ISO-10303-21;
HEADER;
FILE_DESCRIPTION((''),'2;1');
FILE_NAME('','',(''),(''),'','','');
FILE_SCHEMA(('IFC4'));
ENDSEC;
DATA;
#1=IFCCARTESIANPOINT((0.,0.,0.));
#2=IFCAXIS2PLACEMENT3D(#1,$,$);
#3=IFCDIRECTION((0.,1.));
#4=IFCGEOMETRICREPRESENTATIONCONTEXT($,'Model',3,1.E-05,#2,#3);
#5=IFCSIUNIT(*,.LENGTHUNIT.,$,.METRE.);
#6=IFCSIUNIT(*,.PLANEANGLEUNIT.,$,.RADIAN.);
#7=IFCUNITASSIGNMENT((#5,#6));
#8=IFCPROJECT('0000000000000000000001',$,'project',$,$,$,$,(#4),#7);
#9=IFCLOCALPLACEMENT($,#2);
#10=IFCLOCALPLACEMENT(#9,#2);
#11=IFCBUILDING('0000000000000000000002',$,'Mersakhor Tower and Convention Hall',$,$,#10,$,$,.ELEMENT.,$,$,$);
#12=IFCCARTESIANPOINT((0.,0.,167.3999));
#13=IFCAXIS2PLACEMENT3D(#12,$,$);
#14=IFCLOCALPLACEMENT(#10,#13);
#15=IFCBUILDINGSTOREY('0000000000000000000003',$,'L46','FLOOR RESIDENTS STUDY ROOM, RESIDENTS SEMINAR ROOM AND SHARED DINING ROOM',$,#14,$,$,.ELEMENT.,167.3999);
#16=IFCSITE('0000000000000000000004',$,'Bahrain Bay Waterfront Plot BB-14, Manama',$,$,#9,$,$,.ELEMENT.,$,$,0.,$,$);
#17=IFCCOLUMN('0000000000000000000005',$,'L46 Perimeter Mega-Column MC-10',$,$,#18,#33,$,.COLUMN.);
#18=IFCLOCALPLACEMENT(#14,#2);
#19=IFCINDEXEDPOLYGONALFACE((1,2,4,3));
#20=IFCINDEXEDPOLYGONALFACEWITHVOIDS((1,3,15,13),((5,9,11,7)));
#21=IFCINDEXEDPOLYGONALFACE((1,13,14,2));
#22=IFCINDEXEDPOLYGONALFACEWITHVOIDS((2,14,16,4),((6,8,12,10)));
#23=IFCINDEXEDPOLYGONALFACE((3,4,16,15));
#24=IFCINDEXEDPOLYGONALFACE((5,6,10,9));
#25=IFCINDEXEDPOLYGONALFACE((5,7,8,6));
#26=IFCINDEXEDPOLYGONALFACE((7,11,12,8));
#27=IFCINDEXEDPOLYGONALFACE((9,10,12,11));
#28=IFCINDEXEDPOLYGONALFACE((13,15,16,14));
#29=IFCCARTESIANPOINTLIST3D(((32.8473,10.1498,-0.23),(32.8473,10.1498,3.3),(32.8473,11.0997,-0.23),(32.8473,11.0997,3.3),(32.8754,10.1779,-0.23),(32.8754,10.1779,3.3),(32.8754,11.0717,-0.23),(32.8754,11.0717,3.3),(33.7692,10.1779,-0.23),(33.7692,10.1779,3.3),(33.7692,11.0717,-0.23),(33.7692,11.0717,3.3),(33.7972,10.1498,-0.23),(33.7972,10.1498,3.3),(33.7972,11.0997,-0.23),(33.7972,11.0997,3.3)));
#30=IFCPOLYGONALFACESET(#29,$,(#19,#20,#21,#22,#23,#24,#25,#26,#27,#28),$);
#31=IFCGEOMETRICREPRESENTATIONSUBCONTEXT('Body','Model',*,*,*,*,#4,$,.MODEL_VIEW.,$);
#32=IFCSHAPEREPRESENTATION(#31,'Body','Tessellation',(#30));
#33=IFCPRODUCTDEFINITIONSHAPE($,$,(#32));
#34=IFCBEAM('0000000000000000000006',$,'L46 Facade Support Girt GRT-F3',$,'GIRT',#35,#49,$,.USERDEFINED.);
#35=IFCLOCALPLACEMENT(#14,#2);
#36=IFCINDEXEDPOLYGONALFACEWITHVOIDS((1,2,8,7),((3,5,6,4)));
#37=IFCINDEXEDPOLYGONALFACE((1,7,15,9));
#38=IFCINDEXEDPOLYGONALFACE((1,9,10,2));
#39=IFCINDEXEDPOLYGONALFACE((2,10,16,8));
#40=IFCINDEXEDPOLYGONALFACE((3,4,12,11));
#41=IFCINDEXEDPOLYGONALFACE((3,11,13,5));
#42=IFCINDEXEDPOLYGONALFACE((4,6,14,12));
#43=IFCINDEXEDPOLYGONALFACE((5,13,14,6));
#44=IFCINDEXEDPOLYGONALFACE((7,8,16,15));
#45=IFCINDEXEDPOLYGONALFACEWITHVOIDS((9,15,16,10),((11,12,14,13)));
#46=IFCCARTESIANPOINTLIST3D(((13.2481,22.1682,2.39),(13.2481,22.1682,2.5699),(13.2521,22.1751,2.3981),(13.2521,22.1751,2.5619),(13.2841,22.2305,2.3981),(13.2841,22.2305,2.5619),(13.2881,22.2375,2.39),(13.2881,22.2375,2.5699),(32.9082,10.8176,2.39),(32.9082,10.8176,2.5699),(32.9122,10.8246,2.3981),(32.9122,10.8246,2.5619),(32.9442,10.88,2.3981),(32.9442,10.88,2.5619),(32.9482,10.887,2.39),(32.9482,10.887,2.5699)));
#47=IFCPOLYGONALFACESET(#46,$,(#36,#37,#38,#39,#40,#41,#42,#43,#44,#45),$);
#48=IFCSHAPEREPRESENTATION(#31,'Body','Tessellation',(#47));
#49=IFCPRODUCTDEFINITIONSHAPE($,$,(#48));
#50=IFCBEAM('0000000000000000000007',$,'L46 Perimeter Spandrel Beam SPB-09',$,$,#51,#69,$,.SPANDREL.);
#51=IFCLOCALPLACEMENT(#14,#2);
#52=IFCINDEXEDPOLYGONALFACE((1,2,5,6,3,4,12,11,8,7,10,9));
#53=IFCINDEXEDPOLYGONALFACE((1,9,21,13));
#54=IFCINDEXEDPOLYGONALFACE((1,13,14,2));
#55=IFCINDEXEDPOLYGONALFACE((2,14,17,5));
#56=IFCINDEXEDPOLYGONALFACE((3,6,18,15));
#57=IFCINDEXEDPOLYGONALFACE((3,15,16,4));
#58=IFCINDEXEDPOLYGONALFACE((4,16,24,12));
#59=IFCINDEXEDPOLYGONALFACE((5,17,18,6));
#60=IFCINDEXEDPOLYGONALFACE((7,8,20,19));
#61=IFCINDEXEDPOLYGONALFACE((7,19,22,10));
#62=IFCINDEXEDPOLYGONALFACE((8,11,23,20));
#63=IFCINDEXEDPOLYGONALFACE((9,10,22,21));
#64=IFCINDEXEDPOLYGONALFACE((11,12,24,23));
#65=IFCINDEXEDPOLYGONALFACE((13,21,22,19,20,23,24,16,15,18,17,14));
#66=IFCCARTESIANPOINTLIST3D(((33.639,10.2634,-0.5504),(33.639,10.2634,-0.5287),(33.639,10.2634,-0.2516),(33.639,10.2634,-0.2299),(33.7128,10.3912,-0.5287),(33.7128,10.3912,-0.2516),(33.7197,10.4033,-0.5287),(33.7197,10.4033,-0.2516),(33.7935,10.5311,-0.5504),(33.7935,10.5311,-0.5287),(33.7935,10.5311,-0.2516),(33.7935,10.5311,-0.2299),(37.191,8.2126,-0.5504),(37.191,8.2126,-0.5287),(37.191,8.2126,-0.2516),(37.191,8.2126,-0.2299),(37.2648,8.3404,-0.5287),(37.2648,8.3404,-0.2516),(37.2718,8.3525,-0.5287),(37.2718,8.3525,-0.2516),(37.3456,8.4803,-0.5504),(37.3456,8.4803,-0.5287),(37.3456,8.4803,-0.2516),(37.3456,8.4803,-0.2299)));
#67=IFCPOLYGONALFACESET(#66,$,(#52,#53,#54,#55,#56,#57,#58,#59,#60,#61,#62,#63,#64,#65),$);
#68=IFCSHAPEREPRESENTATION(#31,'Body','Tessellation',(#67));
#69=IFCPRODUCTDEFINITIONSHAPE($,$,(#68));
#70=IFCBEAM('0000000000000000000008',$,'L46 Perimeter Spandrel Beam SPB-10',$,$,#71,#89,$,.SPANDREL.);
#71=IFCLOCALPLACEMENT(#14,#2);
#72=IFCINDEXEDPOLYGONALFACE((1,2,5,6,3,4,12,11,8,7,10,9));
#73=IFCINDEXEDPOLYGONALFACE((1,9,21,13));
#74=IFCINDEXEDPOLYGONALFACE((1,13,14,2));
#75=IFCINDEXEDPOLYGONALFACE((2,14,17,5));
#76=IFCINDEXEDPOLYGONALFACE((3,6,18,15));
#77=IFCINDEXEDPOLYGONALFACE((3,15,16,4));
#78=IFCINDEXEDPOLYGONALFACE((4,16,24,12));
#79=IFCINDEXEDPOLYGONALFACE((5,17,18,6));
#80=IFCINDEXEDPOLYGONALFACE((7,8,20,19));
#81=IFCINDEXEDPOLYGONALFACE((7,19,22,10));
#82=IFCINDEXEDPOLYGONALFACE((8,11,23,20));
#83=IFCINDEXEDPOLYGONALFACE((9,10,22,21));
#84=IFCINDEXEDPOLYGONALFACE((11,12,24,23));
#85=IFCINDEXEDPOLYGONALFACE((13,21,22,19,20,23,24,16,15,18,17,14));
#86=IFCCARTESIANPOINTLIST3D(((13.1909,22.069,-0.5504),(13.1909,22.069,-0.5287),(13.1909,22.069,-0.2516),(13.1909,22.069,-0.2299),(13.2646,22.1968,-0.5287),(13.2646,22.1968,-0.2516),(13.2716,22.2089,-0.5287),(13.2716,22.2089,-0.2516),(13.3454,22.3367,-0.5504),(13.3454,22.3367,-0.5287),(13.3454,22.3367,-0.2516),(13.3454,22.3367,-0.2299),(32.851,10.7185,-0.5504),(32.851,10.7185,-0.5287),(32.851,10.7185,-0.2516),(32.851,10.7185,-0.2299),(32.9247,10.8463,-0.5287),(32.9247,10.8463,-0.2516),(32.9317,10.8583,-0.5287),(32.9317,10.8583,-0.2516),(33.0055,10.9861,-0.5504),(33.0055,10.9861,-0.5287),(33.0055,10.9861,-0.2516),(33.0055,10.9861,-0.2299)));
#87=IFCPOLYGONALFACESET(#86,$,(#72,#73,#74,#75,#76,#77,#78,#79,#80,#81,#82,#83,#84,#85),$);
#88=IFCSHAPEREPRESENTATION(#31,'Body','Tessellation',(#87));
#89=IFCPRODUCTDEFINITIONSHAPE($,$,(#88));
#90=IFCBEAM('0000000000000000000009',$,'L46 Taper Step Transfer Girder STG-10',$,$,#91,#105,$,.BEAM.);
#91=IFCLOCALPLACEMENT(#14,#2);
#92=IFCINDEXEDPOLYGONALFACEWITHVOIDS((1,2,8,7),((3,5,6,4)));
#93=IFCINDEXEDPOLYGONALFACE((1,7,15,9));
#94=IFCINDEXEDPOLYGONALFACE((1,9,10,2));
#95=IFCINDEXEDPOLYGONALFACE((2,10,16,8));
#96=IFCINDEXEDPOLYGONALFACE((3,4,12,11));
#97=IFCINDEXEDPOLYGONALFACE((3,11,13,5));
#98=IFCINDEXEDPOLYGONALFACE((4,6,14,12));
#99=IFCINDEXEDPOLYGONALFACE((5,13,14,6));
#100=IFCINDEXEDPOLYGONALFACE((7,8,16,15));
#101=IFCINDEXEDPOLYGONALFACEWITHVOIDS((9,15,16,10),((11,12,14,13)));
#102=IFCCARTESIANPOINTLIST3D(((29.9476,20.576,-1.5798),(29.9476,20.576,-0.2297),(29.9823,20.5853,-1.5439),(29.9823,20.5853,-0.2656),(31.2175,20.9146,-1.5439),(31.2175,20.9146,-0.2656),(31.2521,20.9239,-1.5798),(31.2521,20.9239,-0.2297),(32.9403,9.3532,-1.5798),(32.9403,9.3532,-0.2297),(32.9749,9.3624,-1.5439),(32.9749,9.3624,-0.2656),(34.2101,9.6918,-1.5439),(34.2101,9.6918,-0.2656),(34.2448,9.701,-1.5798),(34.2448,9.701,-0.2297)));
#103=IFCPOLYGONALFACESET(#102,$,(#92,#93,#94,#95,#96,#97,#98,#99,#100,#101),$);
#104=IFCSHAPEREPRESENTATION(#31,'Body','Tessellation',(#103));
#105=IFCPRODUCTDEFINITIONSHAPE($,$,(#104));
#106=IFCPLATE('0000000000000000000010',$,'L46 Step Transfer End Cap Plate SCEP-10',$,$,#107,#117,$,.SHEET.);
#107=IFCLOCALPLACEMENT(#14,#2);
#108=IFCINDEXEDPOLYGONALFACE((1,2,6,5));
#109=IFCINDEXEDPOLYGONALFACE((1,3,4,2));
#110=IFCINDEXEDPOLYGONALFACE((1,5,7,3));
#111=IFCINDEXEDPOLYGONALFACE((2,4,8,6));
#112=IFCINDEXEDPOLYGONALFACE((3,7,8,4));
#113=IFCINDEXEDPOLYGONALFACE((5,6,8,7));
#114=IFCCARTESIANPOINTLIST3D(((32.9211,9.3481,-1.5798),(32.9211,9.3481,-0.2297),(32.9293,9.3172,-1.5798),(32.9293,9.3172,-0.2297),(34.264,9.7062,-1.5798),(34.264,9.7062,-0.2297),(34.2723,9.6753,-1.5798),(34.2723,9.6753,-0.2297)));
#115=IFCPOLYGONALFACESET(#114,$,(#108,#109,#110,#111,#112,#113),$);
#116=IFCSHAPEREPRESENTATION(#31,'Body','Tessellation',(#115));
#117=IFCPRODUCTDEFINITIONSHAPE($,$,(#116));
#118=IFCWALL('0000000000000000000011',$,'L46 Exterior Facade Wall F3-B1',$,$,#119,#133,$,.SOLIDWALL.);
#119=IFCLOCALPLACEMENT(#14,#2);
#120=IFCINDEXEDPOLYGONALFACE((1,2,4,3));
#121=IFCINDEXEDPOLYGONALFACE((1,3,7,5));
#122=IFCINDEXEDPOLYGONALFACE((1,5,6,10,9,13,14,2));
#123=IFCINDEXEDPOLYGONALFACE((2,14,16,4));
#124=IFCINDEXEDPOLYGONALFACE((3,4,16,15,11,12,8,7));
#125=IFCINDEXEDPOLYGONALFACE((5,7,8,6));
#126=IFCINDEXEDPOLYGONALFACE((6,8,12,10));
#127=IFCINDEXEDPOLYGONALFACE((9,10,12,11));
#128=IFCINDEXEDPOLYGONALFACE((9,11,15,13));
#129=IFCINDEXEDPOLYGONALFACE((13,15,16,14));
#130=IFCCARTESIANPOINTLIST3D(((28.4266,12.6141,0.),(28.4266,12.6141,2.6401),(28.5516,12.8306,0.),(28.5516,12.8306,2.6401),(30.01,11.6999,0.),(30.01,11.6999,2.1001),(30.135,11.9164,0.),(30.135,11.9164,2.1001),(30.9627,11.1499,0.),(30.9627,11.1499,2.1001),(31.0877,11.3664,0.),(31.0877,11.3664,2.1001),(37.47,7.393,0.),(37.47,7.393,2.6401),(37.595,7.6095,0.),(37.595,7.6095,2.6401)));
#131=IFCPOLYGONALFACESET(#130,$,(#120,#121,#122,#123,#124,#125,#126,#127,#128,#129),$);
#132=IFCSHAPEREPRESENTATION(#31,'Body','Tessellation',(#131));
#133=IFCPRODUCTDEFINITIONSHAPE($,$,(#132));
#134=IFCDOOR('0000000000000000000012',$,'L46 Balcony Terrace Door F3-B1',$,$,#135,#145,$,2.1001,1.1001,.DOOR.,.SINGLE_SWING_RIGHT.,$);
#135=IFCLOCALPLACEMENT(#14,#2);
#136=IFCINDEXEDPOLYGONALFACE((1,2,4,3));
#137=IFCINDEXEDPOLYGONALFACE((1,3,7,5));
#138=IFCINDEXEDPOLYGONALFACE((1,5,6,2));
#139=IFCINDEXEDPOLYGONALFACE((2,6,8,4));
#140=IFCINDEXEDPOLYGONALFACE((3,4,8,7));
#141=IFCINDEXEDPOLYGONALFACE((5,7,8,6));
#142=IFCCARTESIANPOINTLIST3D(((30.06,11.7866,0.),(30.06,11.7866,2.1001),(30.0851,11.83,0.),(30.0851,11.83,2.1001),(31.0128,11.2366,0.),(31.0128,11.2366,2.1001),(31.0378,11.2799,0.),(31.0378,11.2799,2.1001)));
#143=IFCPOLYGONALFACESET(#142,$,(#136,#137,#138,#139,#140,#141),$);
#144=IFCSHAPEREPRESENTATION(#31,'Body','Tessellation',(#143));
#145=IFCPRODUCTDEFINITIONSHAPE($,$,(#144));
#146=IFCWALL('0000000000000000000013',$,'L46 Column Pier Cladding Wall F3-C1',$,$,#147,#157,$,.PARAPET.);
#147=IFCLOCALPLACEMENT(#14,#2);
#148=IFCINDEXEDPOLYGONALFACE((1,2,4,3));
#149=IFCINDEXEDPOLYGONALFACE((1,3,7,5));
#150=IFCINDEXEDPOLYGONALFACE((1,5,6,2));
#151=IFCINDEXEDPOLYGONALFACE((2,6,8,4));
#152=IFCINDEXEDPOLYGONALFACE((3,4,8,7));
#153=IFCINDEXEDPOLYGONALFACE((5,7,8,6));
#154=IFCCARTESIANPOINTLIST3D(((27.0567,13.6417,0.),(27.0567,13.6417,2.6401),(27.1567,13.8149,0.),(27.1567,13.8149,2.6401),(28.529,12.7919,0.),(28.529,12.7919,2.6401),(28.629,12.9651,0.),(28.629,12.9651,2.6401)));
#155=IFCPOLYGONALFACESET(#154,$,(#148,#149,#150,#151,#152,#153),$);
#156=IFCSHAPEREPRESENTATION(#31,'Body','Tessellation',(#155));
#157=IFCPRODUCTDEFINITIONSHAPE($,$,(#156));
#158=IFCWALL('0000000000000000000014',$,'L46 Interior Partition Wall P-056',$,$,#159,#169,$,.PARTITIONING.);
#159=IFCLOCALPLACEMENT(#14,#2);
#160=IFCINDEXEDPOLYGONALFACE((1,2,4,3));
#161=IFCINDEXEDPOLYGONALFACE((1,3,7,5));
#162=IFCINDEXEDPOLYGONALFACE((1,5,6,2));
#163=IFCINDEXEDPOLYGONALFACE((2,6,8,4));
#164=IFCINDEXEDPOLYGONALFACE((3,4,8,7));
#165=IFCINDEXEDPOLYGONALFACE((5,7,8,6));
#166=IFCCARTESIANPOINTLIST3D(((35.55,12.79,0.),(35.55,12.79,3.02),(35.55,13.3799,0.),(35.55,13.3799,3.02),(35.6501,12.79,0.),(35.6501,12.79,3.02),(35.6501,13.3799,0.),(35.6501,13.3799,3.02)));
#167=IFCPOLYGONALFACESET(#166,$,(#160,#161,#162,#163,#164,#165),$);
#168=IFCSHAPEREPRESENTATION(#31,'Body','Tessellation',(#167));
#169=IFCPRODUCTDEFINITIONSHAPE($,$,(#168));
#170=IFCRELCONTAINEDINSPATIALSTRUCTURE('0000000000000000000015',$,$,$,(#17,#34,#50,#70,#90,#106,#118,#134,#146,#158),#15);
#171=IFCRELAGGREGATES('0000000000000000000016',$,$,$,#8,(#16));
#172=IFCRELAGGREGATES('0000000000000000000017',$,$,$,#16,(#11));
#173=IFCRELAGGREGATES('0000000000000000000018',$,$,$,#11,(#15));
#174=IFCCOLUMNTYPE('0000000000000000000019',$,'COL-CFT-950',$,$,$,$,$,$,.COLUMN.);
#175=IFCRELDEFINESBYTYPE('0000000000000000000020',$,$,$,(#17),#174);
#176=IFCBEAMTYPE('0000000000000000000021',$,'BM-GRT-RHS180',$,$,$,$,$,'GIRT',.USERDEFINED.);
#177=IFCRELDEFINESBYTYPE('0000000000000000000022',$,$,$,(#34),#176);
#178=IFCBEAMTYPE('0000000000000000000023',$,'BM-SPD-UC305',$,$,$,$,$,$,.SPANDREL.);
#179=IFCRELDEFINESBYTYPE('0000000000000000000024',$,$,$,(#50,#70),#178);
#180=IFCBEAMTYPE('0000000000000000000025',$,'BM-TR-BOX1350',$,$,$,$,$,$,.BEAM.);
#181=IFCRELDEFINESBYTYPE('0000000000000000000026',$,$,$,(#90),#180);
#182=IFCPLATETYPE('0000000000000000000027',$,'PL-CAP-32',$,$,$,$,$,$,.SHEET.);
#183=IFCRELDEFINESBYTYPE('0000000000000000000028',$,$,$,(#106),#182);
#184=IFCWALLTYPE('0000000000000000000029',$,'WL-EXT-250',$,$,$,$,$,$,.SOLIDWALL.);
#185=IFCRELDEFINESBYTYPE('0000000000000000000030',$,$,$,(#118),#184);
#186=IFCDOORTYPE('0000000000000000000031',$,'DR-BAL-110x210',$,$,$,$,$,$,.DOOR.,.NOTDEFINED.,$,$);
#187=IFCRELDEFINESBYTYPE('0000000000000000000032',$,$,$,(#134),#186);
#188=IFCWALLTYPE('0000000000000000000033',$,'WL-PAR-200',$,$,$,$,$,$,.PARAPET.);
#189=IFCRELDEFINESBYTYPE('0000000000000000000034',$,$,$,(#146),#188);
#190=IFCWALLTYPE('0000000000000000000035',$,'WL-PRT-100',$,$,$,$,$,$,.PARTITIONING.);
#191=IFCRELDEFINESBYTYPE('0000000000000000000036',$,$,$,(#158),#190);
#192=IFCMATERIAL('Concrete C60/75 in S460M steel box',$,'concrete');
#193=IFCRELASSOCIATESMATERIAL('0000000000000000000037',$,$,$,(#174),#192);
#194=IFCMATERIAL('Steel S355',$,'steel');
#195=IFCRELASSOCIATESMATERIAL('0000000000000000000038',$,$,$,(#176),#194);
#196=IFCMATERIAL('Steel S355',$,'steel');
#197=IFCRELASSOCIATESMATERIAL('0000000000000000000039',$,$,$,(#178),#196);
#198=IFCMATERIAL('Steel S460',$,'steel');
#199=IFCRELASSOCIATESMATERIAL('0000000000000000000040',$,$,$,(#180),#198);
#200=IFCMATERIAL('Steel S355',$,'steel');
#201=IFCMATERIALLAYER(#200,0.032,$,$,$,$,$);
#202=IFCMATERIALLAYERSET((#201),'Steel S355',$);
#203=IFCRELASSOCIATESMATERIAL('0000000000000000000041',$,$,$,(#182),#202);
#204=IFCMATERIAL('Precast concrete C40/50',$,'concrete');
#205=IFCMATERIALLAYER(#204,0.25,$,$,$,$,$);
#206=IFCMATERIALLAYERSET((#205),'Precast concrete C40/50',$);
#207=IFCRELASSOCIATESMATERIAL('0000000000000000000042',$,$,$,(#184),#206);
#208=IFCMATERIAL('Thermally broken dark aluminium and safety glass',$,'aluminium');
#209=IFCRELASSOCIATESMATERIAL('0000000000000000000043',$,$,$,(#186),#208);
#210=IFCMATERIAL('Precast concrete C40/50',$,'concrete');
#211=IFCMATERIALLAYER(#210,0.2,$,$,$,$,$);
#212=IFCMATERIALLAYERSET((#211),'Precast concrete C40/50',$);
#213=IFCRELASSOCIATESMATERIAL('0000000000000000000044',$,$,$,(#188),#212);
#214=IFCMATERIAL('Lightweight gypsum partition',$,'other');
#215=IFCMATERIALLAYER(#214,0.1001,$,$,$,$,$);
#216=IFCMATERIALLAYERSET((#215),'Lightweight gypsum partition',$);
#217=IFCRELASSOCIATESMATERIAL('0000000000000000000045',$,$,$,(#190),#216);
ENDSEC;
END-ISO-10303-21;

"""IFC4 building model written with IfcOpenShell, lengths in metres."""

from ifc_helpers import new_model, si_unit, direction, frame, frame_2d, origin, origin_2d, place, context, subcontext, project, spatial, rectangle, hollow_rectangle, i_section, extrude, material, layer, layer_set, material_profile, profile_set, type_object, element, fill, save


model = new_model("IFC4")

# Units and contexts
model_context = context("Model", 3, precision=1e-05, world=origin(), true_north=direction((0.0, 1.0)))
body_context = subcontext(model_context, "Body", "Model", "MODEL_VIEW")
ifc_project = project(units=[si_unit("LENGTHUNIT", "METRE"), si_unit("PLANEANGLEUNIT", "RADIAN")], contexts=[model_context])

# Site, building, storey
site_placement = place(None, origin())
site = spatial("IfcSite", under=ifc_project, at=site_placement, Name="Bahrain Bay Waterfront Plot BB-14, Manama", CompositionType="ELEMENT", RefElevation=0.0)
building_placement = place(site_placement, origin())
building = spatial("IfcBuilding", under=site, at=building_placement, Name="Mersakhor Tower and Convention Hall", CompositionType="ELEMENT")
storey_placement = place(building_placement, frame((0.0, 0.0, 167.3999)))
storey = spatial("IfcBuildingStorey", under=building, at=storey_placement, Name="L46", Description="FLOOR RESIDENTS STUDY ROOM, RESIDENTS SEMINAR ROOM AND SHARED DINING ROOM", CompositionType="ELEMENT", Elevation=167.3999)

# Column
ifc_material_1 = material(Name="Concrete C60/75 in S460M steel box", Category="concrete")
ifc_material_profile_1 = material_profile(ifc_material_1, hollow_rectangle(XDim=0.95, YDim=0.95, WallThickness=0.0281, at=origin_2d()), Name="SHS 950x950x28")
ifc_profile_set_1 = profile_set([ifc_material_profile_1], Name="Concrete C60/75 in S460M steel box")
column_type = type_object("IfcColumnType", Name="COL-CFT-950", PredefinedType="COLUMN", material=ifc_profile_set_1)
column_placement = place(storey_placement, frame((33.3223, 10.6248, -0.23), z_axis=(0.0, 0.0, 1.0), x_axis=(1.0, 0.0, 0.0)))
element("IfcColumn", 1, at=column_placement, inside=storey, type_object=column_type, Name="L46 Perimeter Mega-Column MC-10", PredefinedType="COLUMN", context=body_context, shape_type="SweptSolid", body=[
    extrude(hollow_rectangle(XDim=0.95, YDim=0.95, WallThickness=0.0281, at=origin_2d()), origin(), (0.0, 0.0, 1.0), 3.53),
])

# Beams
ifc_material_2 = material(Name="Steel S355", Category="steel")
ifc_material_profile_2 = material_profile(ifc_material_2, hollow_rectangle(XDim=0.0801, YDim=0.1799, WallThickness=0.0081, at=origin_2d()), Name="RHS 180x80x8")
ifc_profile_set_2 = profile_set([ifc_material_profile_2], Name="Steel S355")
beam_type_1 = type_object("IfcBeamType", Name="BM-GRT-RHS180", ElementType="GIRT", PredefinedType="USERDEFINED", material=ifc_profile_set_2)
beam_1_placement = place(storey_placement, frame((32.9282, 10.8523, 2.48), z_axis=(-0.866029, 0.499993, 0.0), x_axis=(-0.499993, -0.866029, 0.0)))
element("IfcBeam", 2, at=beam_1_placement, inside=storey, type_object=beam_type_1, Name="L46 Facade Support Girt GRT-F3", ObjectType="GIRT", PredefinedType="USERDEFINED", context=body_context, shape_type="SweptSolid", body=[
    extrude(hollow_rectangle(XDim=0.0801, YDim=0.1799, WallThickness=0.0081, at=origin_2d()), origin(), (0.0, 0.0, 1.0), 22.7014),
])
ifc_material_3 = material(Name="Steel S355", Category="steel")
ifc_material_profile_3 = material_profile(ifc_material_3, i_section(OverallWidth=0.3091, OverallDepth=0.3206, WebThickness=0.0139, FlangeThickness=0.0217, at=origin_2d()), Name="UC 305x305x137")
ifc_profile_set_3 = profile_set([ifc_material_profile_3], Name="Steel S355")
beam_type_2 = type_object("IfcBeamType", Name="BM-SPD-UC305", PredefinedType="SPANDREL", material=ifc_profile_set_3)
beam_2_placement = place(storey_placement, frame((37.2683, 8.3464, -0.3901), z_axis=(-0.866022, 0.500006, 0.0), x_axis=(-0.500006, -0.866022, 0.0)))
element("IfcBeam", 3, at=beam_2_placement, inside=storey, type_object=beam_type_2, Name="L46 Perimeter Spandrel Beam SPB-09", PredefinedType="SPANDREL", context=body_context, shape_type="SweptSolid", body=[
    extrude(i_section(OverallWidth=0.3091, OverallDepth=0.3206, WebThickness=0.0139, FlangeThickness=0.0217, at=origin_2d()), origin(), (0.0, 0.0, 1.0), 4.1016),
])
beam_3_placement = place(storey_placement, frame((32.9282, 10.8523, -0.3901), z_axis=(-0.866029, 0.499993, 0.0), x_axis=(-0.499993, -0.866029, 0.0)))
element("IfcBeam", 4, at=beam_3_placement, inside=storey, type_object=beam_type_2, Name="L46 Perimeter Spandrel Beam SPB-10", PredefinedType="SPANDREL", context=body_context, shape_type="SweptSolid", body=[
    extrude(i_section(OverallWidth=0.3091, OverallDepth=0.3206, WebThickness=0.0139, FlangeThickness=0.0217, at=origin_2d()), origin(), (0.0, 0.0, 1.0), 22.7014),
])
ifc_material_4 = material(Name="Steel S460", Category="steel")
ifc_material_profile_4 = material_profile(ifc_material_4, hollow_rectangle(XDim=1.3501, YDim=1.3501, WallThickness=0.0359, at=origin_2d()), Name="SHS 1350x1350x36")
ifc_profile_set_4 = profile_set([ifc_material_profile_4], Name="Steel S460")
beam_type_3 = type_object("IfcBeamType", Name="BM-TR-BOX1350", PredefinedType="BEAM", material=ifc_profile_set_4)
beam_4_placement = place(storey_placement, frame((33.5925, 9.5271, -0.9048), z_axis=(-0.257655, 0.966237, 0.0), x_axis=(-0.966237, -0.257655, 0.0)))
element("IfcBeam", 5, at=beam_4_placement, inside=storey, type_object=beam_type_3, Name="L46 Taper Step Transfer Girder STG-10", PredefinedType="BEAM", context=body_context, shape_type="SweptSolid", body=[
    extrude(hollow_rectangle(XDim=1.3501, YDim=1.3501, WallThickness=0.0359, at=origin_2d()), origin(), (0.0, 0.0, 1.0), 11.615),
])

# Plate
ifc_material_5 = material(Name="Steel S355", Category="steel")
ifc_layer_1 = layer(ifc_material_5, 0.032)
ifc_layer_set_1 = layer_set([ifc_layer_1], Name="Steel S355")
plate_type = type_object("IfcPlateType", Name="PL-CAP-32", PredefinedType="SHEET", material=ifc_layer_set_1)
plate_placement = place(storey_placement, frame((33.5967, 9.5117, -1.5798), z_axis=(0.0, 0.0, 1.0), x_axis=(-0.257639, 0.966241, 0.0)))
element("IfcPlate", 6, at=plate_placement, inside=storey, type_object=plate_type, Name="L46 Step Transfer End Cap Plate SCEP-10", PredefinedType="SHEET", context=body_context, shape_type="SweptSolid", body=[
    extrude(rectangle(XDim=0.032, YDim=1.3899, at=origin_2d()), origin(), (0.0, 0.0, 1.0), 1.3501),
])

# Wall, opening, door
ifc_material_6 = material(Name="Precast concrete C40/50", Category="concrete")
ifc_layer_2 = layer(ifc_material_6, 0.25)
ifc_layer_set_2 = layer_set([ifc_layer_2], Name="Precast concrete C40/50")
wall_type_1 = type_object("IfcWallType", Name="WL-EXT-250", PredefinedType="SOLIDWALL", material=ifc_layer_set_2)
wall_1_placement = place(storey_placement, frame((37.5325, 7.5012, 0.0), z_axis=(0.0, 0.0, 1.0), x_axis=(-0.866028, 0.499996, 0.0)))
wall_1 = element("IfcWall", 7, at=wall_1_placement, inside=storey, type_object=wall_type_1, Name="L46 Exterior Facade Wall F3-B1", PredefinedType="SOLIDWALL", context=body_context, shape_type="SweptSolid", body=[
    extrude(rectangle(XDim=10.4424, YDim=0.25, at=frame_2d((5.2212, 0.0))), origin(), (0.0, 0.0, 1.0), 2.6401),
])
opening_1_placement = place(wall_1_placement, frame((7.5139, 0.0, 0.0)))
opening_1 = element("IfcOpeningElement", 8, at=opening_1_placement, cuts=wall_1, PredefinedType="OPENING", context=body_context, shape_type="SweptSolid", body=[
    extrude(rectangle(XDim=1.1001, YDim=2.1001, at=frame_2d((0.55, 1.05))), frame((0.0, 0.135, 0.0), z_axis=(0.0, -1.0, 0.0), x_axis=(1.0, 0.0, 0.0)), (0.0, 0.0, 1.0), 0.27),
])
ifc_material_7 = material(Name="Thermally broken dark aluminium and safety glass", Category="aluminium")
door_type_1 = type_object("IfcDoorType", Name="DR-BAL-110x210", OperationType="NOTDEFINED", PredefinedType="DOOR", material=ifc_material_7)
door_1_placement = place(opening_1_placement, origin())
door_1 = element("IfcDoor", 9, at=door_1_placement, inside=storey, type_object=door_type_1, Name="L46 Balcony Terrace Door F3-B1", OperationType="SINGLE_SWING_RIGHT", OverallHeight=2.1001, OverallWidth=1.1001, PredefinedType="DOOR", context=body_context, shape_type="SweptSolid", body=[
    extrude(rectangle(XDim=1.1001, YDim=2.1001, at=frame_2d((0.55, 1.05))), frame((0.0, 0.0249, 0.0), z_axis=(0.0, -1.0, 0.0), x_axis=(1.0, 0.0, 0.0)), (0.0, 0.0, 1.0), 0.05),
])
fill(opening_1, door_1)

# Walls
ifc_material_8 = material(Name="Precast concrete C40/50", Category="concrete")
ifc_layer_3 = layer(ifc_material_8, 0.2)
ifc_layer_set_3 = layer_set([ifc_layer_3], Name="Precast concrete C40/50")
wall_type_2 = type_object("IfcWallType", Name="WL-PAR-200", PredefinedType="PARAPET", material=ifc_layer_set_3)
wall_2_placement = place(storey_placement, frame((28.5791, 12.8784, 0.0), z_axis=(0.0, 0.0, 1.0), x_axis=(-0.866088, 0.499892, 0.0)))
element("IfcWall", 10, at=wall_2_placement, inside=storey, type_object=wall_type_2, Name="L46 Column Pier Cladding Wall F3-C1", PredefinedType="PARAPET", context=body_context, shape_type="SweptSolid", body=[
    extrude(rectangle(XDim=1.7, YDim=0.2, at=frame_2d((0.8501, 0.0))), origin(), (0.0, 0.0, 1.0), 2.6401),
])
ifc_material_9 = material(Name="Lightweight gypsum partition", Category="other")
ifc_layer_4 = layer(ifc_material_9, 0.1001)
ifc_layer_set_4 = layer_set([ifc_layer_4], Name="Lightweight gypsum partition")
wall_type_3 = type_object("IfcWallType", Name="WL-PRT-100", PredefinedType="PARTITIONING", material=ifc_layer_set_4)
wall_3_placement = place(storey_placement, frame((35.6001, 13.3799, 0.0), z_axis=(0.0, 0.0, 1.0), x_axis=(0.0, -1.0, 0.0)))
element("IfcWall", 11, at=wall_3_placement, inside=storey, type_object=wall_type_3, Name="L46 Interior Partition Wall P-056", PredefinedType="PARTITIONING", context=body_context, shape_type="SweptSolid", body=[
    extrude(rectangle(XDim=0.5898, YDim=0.1001, at=frame_2d((0.2949, 0.0))), origin(), (0.0, 0.0, 1.0), 3.02),
])

save(model, "model.ifc")
